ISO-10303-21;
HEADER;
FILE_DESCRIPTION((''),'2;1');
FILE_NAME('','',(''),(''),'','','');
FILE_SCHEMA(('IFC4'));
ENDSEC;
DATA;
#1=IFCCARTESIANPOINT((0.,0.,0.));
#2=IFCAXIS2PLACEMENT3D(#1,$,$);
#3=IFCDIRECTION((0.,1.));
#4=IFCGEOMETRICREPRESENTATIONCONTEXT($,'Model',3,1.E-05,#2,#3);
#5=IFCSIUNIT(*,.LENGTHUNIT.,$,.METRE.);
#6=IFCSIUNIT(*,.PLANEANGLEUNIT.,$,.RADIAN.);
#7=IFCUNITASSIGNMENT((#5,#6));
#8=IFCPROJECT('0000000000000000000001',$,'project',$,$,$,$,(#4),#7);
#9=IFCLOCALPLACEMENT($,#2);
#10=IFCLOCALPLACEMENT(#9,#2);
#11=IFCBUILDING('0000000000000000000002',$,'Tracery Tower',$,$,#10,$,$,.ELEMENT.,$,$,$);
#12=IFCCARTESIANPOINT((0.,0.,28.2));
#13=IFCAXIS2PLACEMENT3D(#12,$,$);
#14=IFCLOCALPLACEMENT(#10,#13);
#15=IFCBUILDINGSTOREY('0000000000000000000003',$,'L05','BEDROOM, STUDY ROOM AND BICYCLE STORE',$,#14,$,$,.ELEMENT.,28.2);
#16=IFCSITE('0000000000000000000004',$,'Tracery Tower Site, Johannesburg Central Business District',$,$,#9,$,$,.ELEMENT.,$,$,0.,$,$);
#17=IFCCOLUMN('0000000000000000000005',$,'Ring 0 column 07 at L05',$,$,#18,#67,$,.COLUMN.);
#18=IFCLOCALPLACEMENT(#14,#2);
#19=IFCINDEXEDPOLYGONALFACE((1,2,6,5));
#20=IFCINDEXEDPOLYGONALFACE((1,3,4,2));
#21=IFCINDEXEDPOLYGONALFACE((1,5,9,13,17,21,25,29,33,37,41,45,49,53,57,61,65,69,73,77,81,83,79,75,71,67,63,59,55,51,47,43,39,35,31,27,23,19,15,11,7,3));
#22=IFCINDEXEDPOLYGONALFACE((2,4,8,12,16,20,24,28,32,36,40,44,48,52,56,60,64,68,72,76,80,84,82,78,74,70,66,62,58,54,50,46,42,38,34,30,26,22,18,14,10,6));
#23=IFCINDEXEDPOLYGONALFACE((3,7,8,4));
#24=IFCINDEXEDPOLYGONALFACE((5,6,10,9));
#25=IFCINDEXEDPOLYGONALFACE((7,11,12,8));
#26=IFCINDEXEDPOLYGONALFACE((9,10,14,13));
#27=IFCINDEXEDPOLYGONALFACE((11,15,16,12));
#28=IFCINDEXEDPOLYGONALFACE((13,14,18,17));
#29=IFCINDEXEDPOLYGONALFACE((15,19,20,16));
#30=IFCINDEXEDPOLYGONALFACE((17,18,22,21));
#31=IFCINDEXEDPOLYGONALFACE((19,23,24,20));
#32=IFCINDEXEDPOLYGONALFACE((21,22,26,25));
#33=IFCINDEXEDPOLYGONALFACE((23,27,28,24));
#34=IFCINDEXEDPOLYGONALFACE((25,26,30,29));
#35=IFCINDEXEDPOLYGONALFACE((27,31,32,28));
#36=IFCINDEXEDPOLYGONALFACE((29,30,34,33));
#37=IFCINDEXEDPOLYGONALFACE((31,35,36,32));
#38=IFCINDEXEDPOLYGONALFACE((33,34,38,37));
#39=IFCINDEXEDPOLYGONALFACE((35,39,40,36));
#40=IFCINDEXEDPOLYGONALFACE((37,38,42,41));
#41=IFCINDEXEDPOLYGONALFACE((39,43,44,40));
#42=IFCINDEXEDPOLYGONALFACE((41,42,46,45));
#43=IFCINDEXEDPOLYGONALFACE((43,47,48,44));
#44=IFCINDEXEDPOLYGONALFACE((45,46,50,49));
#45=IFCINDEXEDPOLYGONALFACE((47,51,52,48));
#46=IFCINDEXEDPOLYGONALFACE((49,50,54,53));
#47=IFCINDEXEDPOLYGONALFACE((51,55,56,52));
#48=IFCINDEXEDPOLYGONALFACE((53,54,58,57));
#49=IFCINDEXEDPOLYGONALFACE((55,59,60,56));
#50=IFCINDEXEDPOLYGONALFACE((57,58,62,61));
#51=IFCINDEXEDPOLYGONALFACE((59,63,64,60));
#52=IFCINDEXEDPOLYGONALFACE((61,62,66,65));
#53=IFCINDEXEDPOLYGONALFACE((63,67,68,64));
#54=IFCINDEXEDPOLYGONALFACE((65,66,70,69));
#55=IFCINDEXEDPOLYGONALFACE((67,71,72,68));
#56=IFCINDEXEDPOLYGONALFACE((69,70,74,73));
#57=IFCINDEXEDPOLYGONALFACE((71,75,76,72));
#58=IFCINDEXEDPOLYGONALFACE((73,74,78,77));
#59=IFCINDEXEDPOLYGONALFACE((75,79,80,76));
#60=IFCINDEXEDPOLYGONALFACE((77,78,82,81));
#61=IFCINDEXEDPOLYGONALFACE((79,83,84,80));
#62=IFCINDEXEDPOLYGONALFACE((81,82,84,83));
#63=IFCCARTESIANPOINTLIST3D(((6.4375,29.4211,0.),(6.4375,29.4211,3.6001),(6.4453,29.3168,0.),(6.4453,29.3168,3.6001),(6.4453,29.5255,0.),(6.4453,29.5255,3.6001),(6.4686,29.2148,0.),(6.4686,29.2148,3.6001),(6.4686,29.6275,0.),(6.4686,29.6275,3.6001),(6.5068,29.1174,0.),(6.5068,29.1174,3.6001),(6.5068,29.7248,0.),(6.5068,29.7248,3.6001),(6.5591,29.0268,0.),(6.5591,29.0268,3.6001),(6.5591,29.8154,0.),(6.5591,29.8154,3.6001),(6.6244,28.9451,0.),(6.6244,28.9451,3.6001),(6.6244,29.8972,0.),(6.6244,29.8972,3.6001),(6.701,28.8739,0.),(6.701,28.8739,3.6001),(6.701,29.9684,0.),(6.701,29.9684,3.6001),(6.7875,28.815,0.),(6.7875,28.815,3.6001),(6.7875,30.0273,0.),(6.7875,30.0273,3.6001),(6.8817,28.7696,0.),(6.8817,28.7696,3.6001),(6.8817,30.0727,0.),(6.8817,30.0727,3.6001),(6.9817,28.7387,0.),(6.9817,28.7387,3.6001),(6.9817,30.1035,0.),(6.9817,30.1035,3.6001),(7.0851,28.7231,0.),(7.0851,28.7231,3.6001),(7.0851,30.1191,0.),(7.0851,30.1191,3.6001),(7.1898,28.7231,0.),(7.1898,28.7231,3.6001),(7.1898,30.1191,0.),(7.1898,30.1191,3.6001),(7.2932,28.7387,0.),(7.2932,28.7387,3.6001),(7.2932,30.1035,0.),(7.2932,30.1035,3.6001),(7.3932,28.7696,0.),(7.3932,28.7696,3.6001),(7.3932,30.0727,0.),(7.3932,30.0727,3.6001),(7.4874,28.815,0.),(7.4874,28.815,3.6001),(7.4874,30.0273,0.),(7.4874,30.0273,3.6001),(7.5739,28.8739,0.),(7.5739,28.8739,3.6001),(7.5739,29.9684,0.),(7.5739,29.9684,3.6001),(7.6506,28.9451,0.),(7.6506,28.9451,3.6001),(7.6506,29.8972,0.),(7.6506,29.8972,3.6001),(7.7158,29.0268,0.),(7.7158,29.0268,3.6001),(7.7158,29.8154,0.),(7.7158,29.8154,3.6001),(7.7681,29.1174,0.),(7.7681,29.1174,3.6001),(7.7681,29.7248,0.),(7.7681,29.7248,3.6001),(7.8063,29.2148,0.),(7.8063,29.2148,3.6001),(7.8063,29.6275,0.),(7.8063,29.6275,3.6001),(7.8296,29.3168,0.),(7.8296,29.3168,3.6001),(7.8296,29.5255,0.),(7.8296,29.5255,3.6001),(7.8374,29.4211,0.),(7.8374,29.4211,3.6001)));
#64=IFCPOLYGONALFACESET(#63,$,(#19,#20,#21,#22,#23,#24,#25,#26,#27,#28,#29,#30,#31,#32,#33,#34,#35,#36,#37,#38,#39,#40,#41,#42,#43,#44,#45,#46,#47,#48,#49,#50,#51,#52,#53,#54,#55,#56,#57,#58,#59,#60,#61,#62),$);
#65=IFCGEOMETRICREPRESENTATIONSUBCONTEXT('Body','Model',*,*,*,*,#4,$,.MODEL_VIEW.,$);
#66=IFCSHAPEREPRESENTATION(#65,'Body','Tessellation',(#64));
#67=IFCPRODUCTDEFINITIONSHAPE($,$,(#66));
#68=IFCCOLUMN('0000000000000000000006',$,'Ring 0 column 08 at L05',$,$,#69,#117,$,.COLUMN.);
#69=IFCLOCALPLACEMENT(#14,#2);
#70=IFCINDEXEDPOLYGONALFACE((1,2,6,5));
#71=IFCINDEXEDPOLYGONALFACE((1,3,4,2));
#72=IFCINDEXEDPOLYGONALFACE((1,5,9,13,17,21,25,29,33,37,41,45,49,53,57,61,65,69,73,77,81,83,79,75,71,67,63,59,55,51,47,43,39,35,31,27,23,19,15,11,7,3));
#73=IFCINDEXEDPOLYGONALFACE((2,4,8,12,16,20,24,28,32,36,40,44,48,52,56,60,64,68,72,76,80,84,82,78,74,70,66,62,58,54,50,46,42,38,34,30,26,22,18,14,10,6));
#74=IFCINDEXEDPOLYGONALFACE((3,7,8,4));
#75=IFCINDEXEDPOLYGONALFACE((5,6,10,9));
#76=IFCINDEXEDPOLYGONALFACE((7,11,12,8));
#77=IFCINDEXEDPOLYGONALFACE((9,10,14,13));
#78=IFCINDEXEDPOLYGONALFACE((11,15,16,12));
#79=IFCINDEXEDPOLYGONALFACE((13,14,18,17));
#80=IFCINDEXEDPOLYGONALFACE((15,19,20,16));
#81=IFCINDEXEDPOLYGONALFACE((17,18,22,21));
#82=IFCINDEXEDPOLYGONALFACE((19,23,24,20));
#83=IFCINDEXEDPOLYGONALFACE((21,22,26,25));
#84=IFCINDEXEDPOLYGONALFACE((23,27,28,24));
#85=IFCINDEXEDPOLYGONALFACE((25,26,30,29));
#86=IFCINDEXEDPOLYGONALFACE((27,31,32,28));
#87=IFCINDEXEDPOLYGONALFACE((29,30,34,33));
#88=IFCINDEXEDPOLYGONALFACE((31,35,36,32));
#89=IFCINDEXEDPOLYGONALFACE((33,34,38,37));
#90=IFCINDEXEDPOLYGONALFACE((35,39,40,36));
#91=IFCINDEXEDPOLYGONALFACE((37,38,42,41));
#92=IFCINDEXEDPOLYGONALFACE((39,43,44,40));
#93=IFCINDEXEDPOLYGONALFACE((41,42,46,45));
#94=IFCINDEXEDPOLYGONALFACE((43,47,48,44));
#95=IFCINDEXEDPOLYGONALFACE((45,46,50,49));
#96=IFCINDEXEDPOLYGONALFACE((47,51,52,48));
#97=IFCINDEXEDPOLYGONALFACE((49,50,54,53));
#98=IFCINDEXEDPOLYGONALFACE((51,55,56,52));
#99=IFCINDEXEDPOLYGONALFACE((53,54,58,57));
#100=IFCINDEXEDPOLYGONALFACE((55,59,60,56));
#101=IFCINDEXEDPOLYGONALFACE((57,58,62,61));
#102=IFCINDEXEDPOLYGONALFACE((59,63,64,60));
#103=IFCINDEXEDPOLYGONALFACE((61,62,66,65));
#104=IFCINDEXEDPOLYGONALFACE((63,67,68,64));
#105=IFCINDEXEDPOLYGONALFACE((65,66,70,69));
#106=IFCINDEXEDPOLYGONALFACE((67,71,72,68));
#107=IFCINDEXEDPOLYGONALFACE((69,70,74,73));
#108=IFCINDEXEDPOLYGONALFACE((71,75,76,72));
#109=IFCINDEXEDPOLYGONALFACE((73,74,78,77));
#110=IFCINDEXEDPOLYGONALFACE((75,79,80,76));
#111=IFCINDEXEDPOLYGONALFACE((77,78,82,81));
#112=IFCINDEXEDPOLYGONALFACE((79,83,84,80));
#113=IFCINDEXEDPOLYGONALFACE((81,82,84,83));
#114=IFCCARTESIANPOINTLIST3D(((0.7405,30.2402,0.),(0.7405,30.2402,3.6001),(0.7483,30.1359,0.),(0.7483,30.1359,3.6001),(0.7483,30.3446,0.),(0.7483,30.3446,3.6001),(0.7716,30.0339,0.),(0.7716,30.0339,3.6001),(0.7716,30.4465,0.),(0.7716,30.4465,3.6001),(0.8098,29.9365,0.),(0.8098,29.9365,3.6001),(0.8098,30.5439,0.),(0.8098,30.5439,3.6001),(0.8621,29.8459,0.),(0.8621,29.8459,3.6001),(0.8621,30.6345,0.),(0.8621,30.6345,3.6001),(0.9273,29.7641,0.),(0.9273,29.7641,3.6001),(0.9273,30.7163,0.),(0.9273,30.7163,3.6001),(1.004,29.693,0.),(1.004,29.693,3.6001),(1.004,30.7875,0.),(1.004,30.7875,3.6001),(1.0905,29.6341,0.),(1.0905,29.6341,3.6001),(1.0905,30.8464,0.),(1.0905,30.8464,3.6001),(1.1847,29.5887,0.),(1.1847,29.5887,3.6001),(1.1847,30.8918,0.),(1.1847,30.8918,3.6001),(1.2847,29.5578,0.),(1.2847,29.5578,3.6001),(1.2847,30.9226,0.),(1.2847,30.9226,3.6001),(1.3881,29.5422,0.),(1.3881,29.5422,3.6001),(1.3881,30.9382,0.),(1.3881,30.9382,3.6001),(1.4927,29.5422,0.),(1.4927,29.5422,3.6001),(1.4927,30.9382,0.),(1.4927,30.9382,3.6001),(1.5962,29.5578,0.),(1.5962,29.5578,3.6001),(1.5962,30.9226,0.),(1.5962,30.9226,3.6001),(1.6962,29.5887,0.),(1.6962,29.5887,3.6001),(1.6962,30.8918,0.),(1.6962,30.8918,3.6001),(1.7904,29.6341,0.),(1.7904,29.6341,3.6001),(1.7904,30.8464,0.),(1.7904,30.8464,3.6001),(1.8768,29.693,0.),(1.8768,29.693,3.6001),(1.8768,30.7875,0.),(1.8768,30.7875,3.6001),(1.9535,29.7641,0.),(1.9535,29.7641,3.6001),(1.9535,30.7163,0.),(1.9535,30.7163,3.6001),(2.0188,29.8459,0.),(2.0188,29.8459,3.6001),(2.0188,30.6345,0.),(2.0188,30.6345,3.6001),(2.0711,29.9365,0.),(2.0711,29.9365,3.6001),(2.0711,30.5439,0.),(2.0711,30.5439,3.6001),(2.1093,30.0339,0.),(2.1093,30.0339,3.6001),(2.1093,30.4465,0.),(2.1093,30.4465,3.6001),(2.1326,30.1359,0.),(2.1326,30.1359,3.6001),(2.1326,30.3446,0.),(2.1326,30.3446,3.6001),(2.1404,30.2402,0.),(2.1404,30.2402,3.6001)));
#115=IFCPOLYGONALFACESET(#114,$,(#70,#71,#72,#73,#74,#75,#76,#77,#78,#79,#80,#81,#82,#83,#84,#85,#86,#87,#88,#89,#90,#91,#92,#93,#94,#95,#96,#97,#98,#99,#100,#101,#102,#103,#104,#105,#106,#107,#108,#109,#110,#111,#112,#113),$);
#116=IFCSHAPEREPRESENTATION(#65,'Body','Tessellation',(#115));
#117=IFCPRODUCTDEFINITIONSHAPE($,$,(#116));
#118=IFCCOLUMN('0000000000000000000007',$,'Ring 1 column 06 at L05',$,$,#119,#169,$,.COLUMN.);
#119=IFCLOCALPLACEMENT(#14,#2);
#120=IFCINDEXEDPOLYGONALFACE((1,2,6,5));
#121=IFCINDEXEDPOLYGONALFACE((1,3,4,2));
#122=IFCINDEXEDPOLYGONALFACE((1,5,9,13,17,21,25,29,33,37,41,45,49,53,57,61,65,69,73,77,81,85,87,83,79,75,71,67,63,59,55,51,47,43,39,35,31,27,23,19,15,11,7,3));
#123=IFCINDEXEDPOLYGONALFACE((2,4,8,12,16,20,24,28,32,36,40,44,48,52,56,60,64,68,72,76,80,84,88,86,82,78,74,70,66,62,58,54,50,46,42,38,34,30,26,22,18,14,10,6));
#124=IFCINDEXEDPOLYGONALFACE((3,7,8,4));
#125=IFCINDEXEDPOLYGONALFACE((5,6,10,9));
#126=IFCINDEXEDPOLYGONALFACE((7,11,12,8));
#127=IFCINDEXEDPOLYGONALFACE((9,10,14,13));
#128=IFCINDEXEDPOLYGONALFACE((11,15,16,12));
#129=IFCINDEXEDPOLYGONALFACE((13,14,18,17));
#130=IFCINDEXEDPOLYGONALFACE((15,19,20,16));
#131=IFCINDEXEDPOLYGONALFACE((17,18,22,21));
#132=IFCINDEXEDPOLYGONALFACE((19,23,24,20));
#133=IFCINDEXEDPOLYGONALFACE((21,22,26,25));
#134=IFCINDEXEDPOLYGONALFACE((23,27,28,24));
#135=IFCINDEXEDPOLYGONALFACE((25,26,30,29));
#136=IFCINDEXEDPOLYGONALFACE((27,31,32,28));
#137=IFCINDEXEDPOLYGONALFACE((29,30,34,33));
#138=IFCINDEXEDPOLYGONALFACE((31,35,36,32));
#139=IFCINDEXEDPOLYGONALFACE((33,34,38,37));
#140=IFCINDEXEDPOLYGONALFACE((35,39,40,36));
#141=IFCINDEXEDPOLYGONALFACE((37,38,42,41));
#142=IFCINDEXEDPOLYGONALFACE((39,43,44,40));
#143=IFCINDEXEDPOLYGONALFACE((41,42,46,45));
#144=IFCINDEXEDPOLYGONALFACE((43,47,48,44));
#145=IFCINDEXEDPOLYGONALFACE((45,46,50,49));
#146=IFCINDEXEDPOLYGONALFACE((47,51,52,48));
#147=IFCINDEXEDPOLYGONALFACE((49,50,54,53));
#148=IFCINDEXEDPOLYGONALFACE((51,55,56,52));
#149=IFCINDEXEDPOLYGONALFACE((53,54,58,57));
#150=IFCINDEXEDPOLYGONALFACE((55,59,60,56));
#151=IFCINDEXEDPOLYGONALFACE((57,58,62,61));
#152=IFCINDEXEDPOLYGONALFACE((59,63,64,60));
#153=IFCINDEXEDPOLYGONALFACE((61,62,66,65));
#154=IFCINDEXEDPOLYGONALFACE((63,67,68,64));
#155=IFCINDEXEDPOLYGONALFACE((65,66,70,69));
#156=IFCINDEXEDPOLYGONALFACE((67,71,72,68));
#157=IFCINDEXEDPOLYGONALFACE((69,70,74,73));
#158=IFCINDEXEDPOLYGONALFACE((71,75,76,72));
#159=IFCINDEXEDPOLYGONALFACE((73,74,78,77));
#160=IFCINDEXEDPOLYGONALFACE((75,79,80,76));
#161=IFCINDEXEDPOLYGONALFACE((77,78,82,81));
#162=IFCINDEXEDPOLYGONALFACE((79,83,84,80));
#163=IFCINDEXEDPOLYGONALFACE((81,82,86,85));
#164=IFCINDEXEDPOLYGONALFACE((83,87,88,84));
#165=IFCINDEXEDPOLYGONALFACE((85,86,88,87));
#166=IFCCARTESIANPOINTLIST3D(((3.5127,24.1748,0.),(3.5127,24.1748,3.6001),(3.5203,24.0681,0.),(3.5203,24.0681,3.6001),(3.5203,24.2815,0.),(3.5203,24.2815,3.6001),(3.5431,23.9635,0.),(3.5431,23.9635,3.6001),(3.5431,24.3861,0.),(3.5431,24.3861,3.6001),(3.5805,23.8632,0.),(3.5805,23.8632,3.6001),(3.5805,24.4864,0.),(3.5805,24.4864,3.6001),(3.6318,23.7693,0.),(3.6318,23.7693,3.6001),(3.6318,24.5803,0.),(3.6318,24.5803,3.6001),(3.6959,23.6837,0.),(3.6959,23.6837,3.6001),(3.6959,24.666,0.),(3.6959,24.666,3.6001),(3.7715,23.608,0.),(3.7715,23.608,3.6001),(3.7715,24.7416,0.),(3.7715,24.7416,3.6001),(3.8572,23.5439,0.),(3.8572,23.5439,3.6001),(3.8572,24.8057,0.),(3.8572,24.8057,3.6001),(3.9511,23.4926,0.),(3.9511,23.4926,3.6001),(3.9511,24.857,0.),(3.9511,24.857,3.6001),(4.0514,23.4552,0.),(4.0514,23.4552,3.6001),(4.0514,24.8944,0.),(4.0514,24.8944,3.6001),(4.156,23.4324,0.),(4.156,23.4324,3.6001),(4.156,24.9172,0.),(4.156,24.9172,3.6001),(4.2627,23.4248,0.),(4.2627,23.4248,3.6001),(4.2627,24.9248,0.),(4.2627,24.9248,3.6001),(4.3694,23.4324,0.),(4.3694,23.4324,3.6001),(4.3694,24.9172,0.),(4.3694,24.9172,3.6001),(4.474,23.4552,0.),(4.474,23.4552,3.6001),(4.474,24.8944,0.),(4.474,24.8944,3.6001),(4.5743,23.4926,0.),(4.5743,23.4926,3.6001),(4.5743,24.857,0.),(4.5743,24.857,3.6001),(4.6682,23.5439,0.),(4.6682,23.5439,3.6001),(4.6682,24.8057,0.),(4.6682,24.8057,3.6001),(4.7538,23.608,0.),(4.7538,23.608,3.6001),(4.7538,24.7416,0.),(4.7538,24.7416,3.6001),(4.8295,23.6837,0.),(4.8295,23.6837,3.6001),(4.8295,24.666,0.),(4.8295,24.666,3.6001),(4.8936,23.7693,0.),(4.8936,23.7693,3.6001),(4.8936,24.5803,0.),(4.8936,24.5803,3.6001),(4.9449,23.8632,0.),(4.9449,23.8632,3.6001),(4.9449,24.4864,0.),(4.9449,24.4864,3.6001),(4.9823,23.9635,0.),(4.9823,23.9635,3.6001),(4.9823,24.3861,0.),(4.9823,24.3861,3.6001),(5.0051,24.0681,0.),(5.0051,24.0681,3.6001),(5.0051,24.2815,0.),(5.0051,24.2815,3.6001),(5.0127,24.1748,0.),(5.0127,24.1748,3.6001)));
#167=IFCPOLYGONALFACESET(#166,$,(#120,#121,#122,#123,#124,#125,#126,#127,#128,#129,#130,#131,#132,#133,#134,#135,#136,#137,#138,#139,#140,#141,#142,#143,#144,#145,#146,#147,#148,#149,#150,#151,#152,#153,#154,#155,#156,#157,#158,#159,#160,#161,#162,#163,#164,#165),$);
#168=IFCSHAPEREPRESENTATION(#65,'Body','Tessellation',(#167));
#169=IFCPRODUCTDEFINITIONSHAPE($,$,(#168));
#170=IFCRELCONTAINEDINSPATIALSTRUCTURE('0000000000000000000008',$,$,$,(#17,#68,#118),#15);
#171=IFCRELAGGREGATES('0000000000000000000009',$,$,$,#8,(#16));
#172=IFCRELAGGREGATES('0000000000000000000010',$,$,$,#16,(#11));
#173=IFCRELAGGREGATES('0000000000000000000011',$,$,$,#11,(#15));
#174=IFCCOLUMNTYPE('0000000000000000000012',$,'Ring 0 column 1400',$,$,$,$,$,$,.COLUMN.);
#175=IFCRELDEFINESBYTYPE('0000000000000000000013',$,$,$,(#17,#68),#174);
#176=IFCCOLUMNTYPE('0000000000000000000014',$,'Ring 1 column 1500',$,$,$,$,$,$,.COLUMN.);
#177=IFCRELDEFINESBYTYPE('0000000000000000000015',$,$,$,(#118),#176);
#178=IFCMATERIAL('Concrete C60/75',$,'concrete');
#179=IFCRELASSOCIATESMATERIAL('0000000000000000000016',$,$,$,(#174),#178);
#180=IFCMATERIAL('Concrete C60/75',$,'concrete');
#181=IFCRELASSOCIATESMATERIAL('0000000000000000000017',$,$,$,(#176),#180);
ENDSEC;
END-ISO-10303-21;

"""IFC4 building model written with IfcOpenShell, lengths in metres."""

from ifc_helpers import new_model, si_unit, direction, frame, origin, origin_2d, place, context, subcontext, project, spatial, circle, extrude, material, material_profile, profile_set, type_object, element, save


model = new_model("IFC4")

# Units and contexts
model_context = context("Model", 3, precision=1e-05, world=origin(), true_north=direction((0.0, 1.0)))
body_context = subcontext(model_context, "Body", "Model", "MODEL_VIEW")
ifc_project = project(units=[si_unit("LENGTHUNIT", "METRE"), si_unit("PLANEANGLEUNIT", "RADIAN")], contexts=[model_context])

# Site, building, storey
site_placement = place(None, origin())
site = spatial("IfcSite", under=ifc_project, at=site_placement, Name="Tracery Tower Site, Johannesburg Central Business District", CompositionType="ELEMENT", RefElevation=0.0)
building_placement = place(site_placement, origin())
building = spatial("IfcBuilding", under=site, at=building_placement, Name="Tracery Tower", CompositionType="ELEMENT")
storey_placement = place(building_placement, frame((0.0, 0.0, 28.2)))
storey = spatial("IfcBuildingStorey", under=building, at=storey_placement, Name="L05", Description="BEDROOM, STUDY ROOM AND BICYCLE STORE", CompositionType="ELEMENT", Elevation=28.2)

# Columns
ifc_material_1 = material(Name="Concrete C60/75", Category="concrete")
ifc_material_profile_1 = material_profile(ifc_material_1, circle(Radius=0.7, at=origin_2d()), Name="RC D1400")
ifc_profile_set_1 = profile_set([ifc_material_profile_1], Name="Concrete C60/75")
column_type_1 = type_object("IfcColumnType", Name="Ring 0 column 1400", PredefinedType="COLUMN", material=ifc_profile_set_1)
for number, where, z_axis, x_axis, name in (
    (1, (7.1375, 29.4211, 0.0), (0.0, 0.0, 1.0), (1.0, 0.0, 0.0), "Ring 0 column 07 at L05"),
    (2, (1.4404, 30.2402, 0.0), (0.0, 0.0, 1.0), (1.0, 0.0, 0.0), "Ring 0 column 08 at L05"),
):
    element("IfcColumn", number, at=place(storey_placement, frame(where, z_axis=z_axis, x_axis=x_axis)), inside=storey, type_object=column_type_1, Name=name, PredefinedType="COLUMN", context=body_context, shape_type="SweptSolid", body=[
        extrude(circle(Radius=0.7, at=origin_2d()), origin(), (0.0, 0.0, 1.0), 3.6001),
    ])
ifc_material_2 = material(Name="Concrete C60/75", Category="concrete")
ifc_material_profile_2 = material_profile(ifc_material_2, circle(Radius=0.75, at=origin_2d()), Name="RC D1500")
ifc_profile_set_2 = profile_set([ifc_material_profile_2], Name="Concrete C60/75")
column_type_2 = type_object("IfcColumnType", Name="Ring 1 column 1500", PredefinedType="COLUMN", material=ifc_profile_set_2)
for number, where, z_axis, x_axis, name in (
    (3, (4.2627, 24.1748, 0.0), (0.0, 0.0, 1.0), (1.0, 0.0, 0.0), "Ring 1 column 06 at L05"),
):
    element("IfcColumn", number, at=place(storey_placement, frame(where, z_axis=z_axis, x_axis=x_axis)), inside=storey, type_object=column_type_2, Name=name, PredefinedType="COLUMN", context=body_context, shape_type="SweptSolid", body=[
        extrude(circle(Radius=0.75, at=origin_2d()), origin(), (0.0, 0.0, 1.0), 3.6001),
    ])

save(model, "model.ifc")
